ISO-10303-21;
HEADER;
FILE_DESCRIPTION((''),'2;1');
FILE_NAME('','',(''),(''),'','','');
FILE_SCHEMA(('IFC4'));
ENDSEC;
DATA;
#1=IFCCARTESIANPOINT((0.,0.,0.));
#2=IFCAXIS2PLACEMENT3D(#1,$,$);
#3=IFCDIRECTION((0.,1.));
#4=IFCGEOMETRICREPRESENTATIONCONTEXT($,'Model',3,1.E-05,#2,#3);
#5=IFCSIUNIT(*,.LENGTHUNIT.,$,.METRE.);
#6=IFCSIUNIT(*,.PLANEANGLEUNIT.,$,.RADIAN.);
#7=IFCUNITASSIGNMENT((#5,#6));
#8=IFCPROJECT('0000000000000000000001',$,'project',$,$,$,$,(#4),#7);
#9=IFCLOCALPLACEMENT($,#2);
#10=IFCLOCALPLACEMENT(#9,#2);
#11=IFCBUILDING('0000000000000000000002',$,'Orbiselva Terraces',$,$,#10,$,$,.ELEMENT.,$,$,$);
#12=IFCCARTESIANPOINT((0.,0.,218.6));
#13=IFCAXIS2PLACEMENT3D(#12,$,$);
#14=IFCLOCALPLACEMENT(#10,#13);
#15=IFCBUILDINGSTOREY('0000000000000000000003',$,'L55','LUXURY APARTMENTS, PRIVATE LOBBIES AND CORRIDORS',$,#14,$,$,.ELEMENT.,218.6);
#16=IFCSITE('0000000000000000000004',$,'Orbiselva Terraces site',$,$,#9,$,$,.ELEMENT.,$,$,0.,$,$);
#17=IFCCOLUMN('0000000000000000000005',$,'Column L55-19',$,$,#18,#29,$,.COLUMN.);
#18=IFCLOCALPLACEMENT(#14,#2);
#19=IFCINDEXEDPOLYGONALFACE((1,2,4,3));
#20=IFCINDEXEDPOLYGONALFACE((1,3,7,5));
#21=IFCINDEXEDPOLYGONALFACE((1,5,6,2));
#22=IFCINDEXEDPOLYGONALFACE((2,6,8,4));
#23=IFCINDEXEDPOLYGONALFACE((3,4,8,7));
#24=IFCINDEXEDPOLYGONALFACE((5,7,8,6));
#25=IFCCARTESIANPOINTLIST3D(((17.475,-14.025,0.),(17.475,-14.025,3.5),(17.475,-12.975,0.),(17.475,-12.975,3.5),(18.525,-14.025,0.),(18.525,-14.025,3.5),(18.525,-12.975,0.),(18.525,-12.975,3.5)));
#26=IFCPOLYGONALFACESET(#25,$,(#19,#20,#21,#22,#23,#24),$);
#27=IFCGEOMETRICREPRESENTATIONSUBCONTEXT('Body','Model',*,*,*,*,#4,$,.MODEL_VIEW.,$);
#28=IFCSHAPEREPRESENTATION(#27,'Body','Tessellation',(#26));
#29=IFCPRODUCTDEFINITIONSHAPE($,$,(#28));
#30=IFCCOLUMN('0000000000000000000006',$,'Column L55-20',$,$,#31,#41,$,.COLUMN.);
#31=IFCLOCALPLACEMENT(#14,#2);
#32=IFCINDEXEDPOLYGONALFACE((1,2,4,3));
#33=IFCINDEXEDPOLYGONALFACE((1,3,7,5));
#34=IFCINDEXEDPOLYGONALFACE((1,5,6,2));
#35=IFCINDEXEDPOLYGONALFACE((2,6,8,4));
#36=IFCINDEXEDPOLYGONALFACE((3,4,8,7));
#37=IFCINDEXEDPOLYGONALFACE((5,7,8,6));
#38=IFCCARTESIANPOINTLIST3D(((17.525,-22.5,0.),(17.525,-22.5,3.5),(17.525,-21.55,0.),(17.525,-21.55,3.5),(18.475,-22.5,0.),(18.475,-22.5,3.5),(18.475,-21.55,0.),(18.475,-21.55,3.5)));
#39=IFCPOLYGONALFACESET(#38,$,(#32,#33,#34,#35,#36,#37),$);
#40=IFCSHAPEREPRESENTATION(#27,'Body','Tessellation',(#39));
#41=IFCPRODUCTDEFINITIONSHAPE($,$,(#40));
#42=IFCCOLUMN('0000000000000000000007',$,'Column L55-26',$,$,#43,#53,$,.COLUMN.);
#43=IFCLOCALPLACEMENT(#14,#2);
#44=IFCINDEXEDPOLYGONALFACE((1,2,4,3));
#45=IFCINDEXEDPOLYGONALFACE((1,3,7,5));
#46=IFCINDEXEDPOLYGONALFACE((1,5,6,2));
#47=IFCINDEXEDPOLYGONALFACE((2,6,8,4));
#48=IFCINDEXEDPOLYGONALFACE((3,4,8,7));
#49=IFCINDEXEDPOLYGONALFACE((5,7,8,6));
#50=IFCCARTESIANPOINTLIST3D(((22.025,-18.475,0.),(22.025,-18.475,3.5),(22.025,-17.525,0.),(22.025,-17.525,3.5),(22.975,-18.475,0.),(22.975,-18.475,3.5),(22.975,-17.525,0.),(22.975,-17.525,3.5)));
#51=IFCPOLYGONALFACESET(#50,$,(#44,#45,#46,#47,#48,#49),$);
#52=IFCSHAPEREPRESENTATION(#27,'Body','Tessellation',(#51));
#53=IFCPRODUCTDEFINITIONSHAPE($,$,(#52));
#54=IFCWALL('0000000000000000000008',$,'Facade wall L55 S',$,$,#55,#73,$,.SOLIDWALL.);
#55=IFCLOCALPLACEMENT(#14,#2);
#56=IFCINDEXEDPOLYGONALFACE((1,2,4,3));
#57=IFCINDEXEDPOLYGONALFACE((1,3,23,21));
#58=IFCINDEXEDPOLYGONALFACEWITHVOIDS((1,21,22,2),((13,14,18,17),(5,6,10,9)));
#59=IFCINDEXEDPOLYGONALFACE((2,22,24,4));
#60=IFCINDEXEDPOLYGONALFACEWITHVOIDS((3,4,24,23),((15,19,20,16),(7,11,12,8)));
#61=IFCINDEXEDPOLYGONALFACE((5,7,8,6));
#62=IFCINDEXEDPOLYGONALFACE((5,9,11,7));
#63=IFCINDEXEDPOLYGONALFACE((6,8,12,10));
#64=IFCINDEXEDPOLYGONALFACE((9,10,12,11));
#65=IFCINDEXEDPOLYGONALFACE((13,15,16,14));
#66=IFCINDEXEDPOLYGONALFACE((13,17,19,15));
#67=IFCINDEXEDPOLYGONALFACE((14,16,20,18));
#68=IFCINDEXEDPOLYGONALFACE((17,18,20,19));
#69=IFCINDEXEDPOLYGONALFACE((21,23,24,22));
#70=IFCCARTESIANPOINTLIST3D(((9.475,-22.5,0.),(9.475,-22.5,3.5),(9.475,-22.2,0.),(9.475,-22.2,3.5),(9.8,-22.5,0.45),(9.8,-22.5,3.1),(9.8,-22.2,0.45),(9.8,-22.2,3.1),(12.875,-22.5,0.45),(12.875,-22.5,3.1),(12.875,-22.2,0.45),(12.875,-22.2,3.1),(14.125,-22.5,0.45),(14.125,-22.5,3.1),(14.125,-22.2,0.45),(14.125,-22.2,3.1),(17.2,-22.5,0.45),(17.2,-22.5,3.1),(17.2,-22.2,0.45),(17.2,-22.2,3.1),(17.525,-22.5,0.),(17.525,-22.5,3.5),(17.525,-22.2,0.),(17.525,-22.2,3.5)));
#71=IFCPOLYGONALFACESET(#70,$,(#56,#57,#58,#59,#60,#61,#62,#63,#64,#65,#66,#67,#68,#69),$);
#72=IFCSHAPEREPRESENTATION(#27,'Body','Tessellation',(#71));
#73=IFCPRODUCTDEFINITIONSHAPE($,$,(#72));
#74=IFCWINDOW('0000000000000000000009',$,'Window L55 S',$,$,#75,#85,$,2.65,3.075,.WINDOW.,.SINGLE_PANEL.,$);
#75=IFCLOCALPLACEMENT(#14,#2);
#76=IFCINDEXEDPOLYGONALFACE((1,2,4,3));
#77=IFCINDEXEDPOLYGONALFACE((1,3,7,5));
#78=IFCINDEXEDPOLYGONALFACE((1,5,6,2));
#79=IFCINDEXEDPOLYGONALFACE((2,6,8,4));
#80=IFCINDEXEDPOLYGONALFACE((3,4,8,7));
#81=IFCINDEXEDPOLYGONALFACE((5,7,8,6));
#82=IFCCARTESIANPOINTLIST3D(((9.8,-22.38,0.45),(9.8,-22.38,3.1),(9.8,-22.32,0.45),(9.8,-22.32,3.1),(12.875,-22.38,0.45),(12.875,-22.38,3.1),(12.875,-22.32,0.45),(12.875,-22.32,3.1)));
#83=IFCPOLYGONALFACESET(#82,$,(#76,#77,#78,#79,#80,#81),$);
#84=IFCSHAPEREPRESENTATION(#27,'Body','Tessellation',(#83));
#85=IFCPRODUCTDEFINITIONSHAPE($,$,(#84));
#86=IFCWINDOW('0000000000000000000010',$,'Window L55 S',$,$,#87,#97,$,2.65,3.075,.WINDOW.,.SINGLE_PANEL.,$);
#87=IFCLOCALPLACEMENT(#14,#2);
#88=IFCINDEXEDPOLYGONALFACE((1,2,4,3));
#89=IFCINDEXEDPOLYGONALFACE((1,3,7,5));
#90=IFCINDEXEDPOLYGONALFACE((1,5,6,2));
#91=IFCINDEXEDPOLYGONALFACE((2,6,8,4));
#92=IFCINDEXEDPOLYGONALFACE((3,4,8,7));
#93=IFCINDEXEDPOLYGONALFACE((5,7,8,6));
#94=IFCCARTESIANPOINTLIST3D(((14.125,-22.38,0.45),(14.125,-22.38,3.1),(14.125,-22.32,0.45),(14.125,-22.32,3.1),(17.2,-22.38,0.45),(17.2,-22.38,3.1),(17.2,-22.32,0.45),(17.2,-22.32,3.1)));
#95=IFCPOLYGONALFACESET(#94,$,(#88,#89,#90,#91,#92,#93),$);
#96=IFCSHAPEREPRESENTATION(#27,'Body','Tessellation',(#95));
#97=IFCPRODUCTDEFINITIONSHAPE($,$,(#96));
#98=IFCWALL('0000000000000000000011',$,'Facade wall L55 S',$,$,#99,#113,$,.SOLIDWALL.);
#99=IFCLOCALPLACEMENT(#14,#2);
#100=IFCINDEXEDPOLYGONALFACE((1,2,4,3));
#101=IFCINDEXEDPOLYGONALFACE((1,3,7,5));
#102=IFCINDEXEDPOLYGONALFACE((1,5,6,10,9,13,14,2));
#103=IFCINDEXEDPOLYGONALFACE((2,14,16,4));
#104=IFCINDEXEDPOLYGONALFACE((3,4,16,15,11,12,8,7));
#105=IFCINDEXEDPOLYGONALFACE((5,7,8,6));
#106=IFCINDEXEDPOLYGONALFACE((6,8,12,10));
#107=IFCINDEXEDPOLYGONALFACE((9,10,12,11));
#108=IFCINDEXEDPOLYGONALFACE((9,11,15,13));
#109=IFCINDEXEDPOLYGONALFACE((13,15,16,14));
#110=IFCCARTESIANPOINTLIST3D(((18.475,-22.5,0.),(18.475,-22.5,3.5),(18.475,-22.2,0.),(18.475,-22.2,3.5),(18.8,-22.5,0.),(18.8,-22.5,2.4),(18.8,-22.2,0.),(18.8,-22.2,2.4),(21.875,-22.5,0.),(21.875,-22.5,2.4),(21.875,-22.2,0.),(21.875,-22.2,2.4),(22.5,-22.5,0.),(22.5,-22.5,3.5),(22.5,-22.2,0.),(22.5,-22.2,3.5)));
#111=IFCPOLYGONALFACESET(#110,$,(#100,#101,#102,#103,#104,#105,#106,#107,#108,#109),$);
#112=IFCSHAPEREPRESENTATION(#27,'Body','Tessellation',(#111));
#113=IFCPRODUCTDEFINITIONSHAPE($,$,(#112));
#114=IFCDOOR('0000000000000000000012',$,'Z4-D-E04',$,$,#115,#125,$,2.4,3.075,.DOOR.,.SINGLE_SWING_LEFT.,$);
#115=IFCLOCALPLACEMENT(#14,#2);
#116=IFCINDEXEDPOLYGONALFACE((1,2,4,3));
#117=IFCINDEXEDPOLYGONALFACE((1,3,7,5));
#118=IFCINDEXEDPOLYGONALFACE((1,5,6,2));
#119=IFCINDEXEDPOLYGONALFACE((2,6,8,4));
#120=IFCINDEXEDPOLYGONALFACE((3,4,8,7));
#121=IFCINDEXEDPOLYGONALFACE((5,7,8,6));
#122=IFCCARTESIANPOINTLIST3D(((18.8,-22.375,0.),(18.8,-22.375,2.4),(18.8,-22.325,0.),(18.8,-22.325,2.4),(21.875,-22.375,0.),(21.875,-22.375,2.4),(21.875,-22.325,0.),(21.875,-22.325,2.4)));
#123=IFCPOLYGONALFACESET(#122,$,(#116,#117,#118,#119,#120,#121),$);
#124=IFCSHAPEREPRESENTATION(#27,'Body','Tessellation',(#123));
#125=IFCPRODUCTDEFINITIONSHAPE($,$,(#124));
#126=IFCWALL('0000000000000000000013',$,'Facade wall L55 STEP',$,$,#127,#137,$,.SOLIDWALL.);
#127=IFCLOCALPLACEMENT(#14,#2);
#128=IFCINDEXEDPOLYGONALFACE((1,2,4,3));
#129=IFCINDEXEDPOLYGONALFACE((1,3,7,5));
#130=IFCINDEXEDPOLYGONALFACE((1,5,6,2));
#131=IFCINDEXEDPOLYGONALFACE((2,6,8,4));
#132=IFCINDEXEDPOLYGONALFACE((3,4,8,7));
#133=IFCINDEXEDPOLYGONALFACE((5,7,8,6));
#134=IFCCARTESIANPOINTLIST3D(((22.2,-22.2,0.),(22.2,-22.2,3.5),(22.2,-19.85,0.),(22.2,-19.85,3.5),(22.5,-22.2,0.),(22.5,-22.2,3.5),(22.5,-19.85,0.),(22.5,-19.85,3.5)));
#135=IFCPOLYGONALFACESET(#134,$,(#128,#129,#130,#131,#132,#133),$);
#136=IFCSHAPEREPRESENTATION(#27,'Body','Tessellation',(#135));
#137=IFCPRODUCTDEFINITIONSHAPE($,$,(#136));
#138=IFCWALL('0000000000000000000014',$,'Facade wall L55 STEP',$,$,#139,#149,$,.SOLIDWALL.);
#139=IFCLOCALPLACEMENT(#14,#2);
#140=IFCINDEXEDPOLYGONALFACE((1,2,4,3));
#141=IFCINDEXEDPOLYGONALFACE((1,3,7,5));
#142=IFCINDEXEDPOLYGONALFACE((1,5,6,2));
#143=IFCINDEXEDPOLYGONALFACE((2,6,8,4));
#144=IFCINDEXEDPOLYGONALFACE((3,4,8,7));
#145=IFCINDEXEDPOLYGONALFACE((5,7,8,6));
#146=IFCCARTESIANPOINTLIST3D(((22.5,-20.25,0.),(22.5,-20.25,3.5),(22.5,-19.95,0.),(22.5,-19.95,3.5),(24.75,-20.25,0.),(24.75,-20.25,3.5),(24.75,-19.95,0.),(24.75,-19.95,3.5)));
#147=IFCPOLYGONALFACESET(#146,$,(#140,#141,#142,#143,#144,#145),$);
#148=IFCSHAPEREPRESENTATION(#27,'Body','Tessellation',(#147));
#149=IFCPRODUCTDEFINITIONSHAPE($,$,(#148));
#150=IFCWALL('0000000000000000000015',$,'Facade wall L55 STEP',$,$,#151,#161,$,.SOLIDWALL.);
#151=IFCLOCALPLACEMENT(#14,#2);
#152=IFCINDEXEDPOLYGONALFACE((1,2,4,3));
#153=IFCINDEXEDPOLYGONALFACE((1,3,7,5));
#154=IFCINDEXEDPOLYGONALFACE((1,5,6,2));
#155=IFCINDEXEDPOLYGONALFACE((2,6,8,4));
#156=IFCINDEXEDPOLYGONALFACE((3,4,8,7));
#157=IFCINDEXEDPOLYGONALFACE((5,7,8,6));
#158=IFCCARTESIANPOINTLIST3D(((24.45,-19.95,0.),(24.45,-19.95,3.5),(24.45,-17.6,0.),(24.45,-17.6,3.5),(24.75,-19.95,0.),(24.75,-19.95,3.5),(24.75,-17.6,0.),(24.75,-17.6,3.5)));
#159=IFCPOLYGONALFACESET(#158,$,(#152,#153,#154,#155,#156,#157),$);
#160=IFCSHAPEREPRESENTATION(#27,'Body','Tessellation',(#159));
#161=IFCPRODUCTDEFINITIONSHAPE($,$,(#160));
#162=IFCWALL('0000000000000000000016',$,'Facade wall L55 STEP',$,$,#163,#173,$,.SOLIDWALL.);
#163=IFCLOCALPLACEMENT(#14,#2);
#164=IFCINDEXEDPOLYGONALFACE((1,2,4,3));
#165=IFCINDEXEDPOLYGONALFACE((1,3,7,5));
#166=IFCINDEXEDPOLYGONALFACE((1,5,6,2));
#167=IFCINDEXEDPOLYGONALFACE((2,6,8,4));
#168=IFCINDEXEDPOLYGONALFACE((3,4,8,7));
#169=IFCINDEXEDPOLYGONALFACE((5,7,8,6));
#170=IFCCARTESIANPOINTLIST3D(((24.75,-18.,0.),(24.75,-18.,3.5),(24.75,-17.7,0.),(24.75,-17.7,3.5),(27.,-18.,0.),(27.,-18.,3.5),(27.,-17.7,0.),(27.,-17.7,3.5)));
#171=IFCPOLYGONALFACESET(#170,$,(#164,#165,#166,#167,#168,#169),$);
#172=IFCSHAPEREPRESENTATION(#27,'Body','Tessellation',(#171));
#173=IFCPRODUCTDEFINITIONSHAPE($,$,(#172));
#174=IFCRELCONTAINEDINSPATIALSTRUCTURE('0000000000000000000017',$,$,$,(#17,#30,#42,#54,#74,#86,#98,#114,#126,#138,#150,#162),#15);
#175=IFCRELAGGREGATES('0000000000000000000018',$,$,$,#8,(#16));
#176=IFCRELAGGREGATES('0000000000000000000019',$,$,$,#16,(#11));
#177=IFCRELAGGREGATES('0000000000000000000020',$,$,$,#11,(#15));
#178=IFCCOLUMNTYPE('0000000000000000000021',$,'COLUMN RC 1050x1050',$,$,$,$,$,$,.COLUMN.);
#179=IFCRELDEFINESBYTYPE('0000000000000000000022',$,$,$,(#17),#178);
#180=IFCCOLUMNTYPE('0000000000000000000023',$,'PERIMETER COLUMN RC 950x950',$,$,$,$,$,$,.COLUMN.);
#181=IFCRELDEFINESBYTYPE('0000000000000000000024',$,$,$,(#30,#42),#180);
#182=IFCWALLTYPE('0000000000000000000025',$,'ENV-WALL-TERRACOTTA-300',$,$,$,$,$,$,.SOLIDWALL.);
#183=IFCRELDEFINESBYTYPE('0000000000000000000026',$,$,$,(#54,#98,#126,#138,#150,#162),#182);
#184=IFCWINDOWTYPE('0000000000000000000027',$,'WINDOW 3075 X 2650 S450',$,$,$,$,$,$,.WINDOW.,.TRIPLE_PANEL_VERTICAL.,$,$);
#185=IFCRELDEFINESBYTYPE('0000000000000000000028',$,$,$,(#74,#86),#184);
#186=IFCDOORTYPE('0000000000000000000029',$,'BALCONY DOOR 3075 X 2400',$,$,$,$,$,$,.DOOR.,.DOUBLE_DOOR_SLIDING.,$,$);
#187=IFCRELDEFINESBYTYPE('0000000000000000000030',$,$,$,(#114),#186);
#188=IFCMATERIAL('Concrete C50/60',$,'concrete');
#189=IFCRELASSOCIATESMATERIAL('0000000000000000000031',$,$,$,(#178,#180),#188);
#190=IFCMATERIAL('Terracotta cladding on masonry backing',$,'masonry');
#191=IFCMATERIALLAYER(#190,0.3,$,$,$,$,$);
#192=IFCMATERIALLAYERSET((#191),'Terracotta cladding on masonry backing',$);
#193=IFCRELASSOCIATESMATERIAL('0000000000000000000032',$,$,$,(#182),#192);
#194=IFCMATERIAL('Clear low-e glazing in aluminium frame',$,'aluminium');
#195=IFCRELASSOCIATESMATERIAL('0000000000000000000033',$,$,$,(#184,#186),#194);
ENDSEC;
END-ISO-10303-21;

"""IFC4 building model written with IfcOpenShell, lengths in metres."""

from ifc_helpers import new_model, si_unit, direction, frame, frame_2d, origin, origin_2d, place, context, subcontext, project, spatial, rectangle, extrude, material, layer, layer_set, material_profile, profile_set, type_object, element, fill, save


model = new_model("IFC4")

# Units and contexts
model_context = context("Model", 3, precision=1e-05, world=origin(), true_north=direction((0.0, 1.0)))
body_context = subcontext(model_context, "Body", "Model", "MODEL_VIEW")
ifc_project = project(units=[si_unit("LENGTHUNIT", "METRE"), si_unit("PLANEANGLEUNIT", "RADIAN")], contexts=[model_context])

# Site, building, storey
site_placement = place(None, origin())
site = spatial("IfcSite", under=ifc_project, at=site_placement, Name="Orbiselva Terraces site", CompositionType="ELEMENT", RefElevation=0.0)
building_placement = place(site_placement, origin())
building = spatial("IfcBuilding", under=site, at=building_placement, Name="Orbiselva Terraces", CompositionType="ELEMENT")
storey_placement = place(building_placement, frame((0.0, 0.0, 218.6)))
storey = spatial("IfcBuildingStorey", under=building, at=storey_placement, Name="L55", Description="LUXURY APARTMENTS, PRIVATE LOBBIES AND CORRIDORS", CompositionType="ELEMENT", Elevation=218.6)

# Columns
ifc_material_1 = material(Name="Concrete C50/60", Category="concrete")
ifc_material_profile_1 = material_profile(ifc_material_1, rectangle(XDim=1.05, YDim=1.05, at=origin_2d()), Name="RC 1050x1050")
ifc_profile_set_1 = profile_set([ifc_material_profile_1], Name="Concrete C50/60")
column_type_1 = type_object("IfcColumnType", Name="COLUMN RC 1050x1050", PredefinedType="COLUMN", material=ifc_profile_set_1)
column_placement = place(storey_placement, frame((18.0, -13.5, 0.0), z_axis=(0.0, 0.0, 1.0), x_axis=(1.0, 0.0, 0.0)))
element("IfcColumn", 1, at=column_placement, inside=storey, type_object=column_type_1, Name="Column L55-19", PredefinedType="COLUMN", context=body_context, shape_type="SweptSolid", body=[
    extrude(rectangle(XDim=1.05, YDim=1.05, at=origin_2d()), origin(), (0.0, 0.0, 1.0), 3.5),
])
ifc_material_profile_2 = material_profile(ifc_material_1, rectangle(XDim=0.95, YDim=0.95, at=origin_2d()), Name="RC 950x950")
ifc_profile_set_2 = profile_set([ifc_material_profile_2], Name="Concrete C50/60")
column_type_2 = type_object("IfcColumnType", Name="PERIMETER COLUMN RC 950x950", PredefinedType="COLUMN", material=ifc_profile_set_2)
for number, where, z_axis, x_axis, name in (
    (2, (18.0, -22.025, 0.0), (0.0, 0.0, 1.0), (1.0, 0.0, 0.0), "Column L55-20"),
    (3, (22.5, -18.0, 0.0), (0.0, 0.0, 1.0), (1.0, 0.0, 0.0), "Column L55-26"),
):
    element("IfcColumn", number, at=place(storey_placement, frame(where, z_axis=z_axis, x_axis=x_axis)), inside=storey, type_object=column_type_2, Name=name, PredefinedType="COLUMN", context=body_context, shape_type="SweptSolid", body=[
        extrude(rectangle(XDim=0.95, YDim=0.95, at=origin_2d()), origin(), (0.0, 0.0, 1.0), 3.5),
    ])

# Wall, openings, windows
ifc_material_2 = material(Name="Terracotta cladding on masonry backing", Category="masonry")
ifc_layer_1 = layer(ifc_material_2, 0.3)
ifc_layer_set_1 = layer_set([ifc_layer_1], Name="Terracotta cladding on masonry backing")
wall_type_1 = type_object("IfcWallType", Name="ENV-WALL-TERRACOTTA-300", PredefinedType="SOLIDWALL", material=ifc_layer_set_1)
wall_1_placement = place(storey_placement, frame((17.525, -22.35, 0.0), z_axis=(0.0, 0.0, 1.0), x_axis=(-1.0, 0.0, 0.0)))
wall_1 = element("IfcWall", 4, at=wall_1_placement, inside=storey, type_object=wall_type_1, Name="Facade wall L55 S", PredefinedType="SOLIDWALL", context=body_context, shape_type="SweptSolid", body=[
    extrude(rectangle(XDim=8.05, YDim=0.3, at=frame_2d((4.025, 0.0))), origin(), (0.0, 0.0, 1.0), 3.5),
])
opening_1_placement = place(wall_1_placement, frame((4.65, 0.0, 0.45)))
opening_1 = element("IfcOpeningElement", 5, at=opening_1_placement, cuts=wall_1, PredefinedType="OPENING", context=body_context, shape_type="SweptSolid", body=[
    extrude(rectangle(XDim=3.075, YDim=2.65, at=frame_2d((1.5375, 1.325))), frame((0.0, 0.16, 0.0), z_axis=(0.0, -1.0, 0.0), x_axis=(1.0, 0.0, 0.0)), (0.0, 0.0, 1.0), 0.32),
])
opening_2_placement = place(wall_1_placement, frame((0.325, 0.0, 0.45)))
opening_2 = element("IfcOpeningElement", 6, at=opening_2_placement, cuts=wall_1, PredefinedType="OPENING", context=body_context, shape_type="SweptSolid", body=[
    extrude(rectangle(XDim=3.075, YDim=2.65, at=frame_2d((1.5375, 1.325))), frame((0.0, 0.16, 0.0), z_axis=(0.0, -1.0, 0.0), x_axis=(1.0, 0.0, 0.0)), (0.0, 0.0, 1.0), 0.32),
])
ifc_material_3 = material(Name="Clear low-e glazing in aluminium frame", Category="aluminium")
window_type = type_object("IfcWindowType", Name="WINDOW 3075 X 2650 S450", PartitioningType="TRIPLE_PANEL_VERTICAL", PredefinedType="WINDOW", material=ifc_material_3)
window_1_placement = place(opening_1_placement, origin())
window_1 = element("IfcWindow", 7, at=window_1_placement, inside=storey, type_object=window_type, Name="Window L55 S", OverallHeight=2.65, OverallWidth=3.075, PartitioningType="SINGLE_PANEL", PredefinedType="WINDOW", context=body_context, shape_type="SweptSolid", body=[
    extrude(rectangle(XDim=3.075, YDim=2.65, at=frame_2d((1.5375, 1.325))), frame((0.0, 0.03, 0.0), z_axis=(0.0, -1.0, 0.0), x_axis=(1.0, 0.0, 0.0)), (0.0, 0.0, 1.0), 0.06),
])
fill(opening_1, window_1)
window_2_placement = place(opening_2_placement, origin())
window_2 = element("IfcWindow", 8, at=window_2_placement, inside=storey, type_object=window_type, Name="Window L55 S", OverallHeight=2.65, OverallWidth=3.075, PartitioningType="SINGLE_PANEL", PredefinedType="WINDOW", context=body_context, shape_type="SweptSolid", body=[
    extrude(rectangle(XDim=3.075, YDim=2.65, at=frame_2d((1.5375, 1.325))), frame((0.0, 0.03, 0.0), z_axis=(0.0, -1.0, 0.0), x_axis=(1.0, 0.0, 0.0)), (0.0, 0.0, 1.0), 0.06),
])
fill(opening_2, window_2)

# Wall, opening, door
wall_2_placement = place(storey_placement, frame((22.5, -22.35, 0.0), z_axis=(0.0, 0.0, 1.0), x_axis=(-1.0, 0.0, 0.0)))
wall_2 = element("IfcWall", 9, at=wall_2_placement, inside=storey, type_object=wall_type_1, Name="Facade wall L55 S", PredefinedType="SOLIDWALL", context=body_context, shape_type="SweptSolid", body=[
    extrude(rectangle(XDim=4.025, YDim=0.3, at=frame_2d((2.0125, 0.0))), origin(), (0.0, 0.0, 1.0), 3.5),
])
opening_3_placement = place(wall_2_placement, frame((0.625, 0.0, 0.0)))
opening_3 = element("IfcOpeningElement", 10, at=opening_3_placement, cuts=wall_2, PredefinedType="OPENING", context=body_context, shape_type="SweptSolid", body=[
    extrude(rectangle(XDim=3.075, YDim=2.4, at=frame_2d((1.5375, 1.2))), frame((0.0, 0.16, 0.0), z_axis=(0.0, -1.0, 0.0), x_axis=(1.0, 0.0, 0.0)), (0.0, 0.0, 1.0), 0.32),
])
door_type_1 = type_object("IfcDoorType", Name="BALCONY DOOR 3075 X 2400", OperationType="DOUBLE_DOOR_SLIDING", PredefinedType="DOOR", material=ifc_material_3)
door_1_placement = place(opening_3_placement, origin())
door_1 = element("IfcDoor", 11, at=door_1_placement, inside=storey, type_object=door_type_1, Name="Z4-D-E04", OperationType="SINGLE_SWING_LEFT", OverallHeight=2.4, OverallWidth=3.075, PredefinedType="DOOR", context=body_context, shape_type="SweptSolid", body=[
    extrude(rectangle(XDim=3.075, YDim=2.4, at=frame_2d((1.5375, 1.2))), frame((0.0, 0.025, 0.0), z_axis=(0.0, -1.0, 0.0), x_axis=(1.0, 0.0, 0.0)), (0.0, 0.0, 1.0), 0.05),
])
fill(opening_3, door_1)

# Walls
wall_3_placement = place(storey_placement, frame((22.35, -19.85, 0.0), z_axis=(0.0, 0.0, 1.0), x_axis=(0.0, -1.0, 0.0)))
element("IfcWall", 12, at=wall_3_placement, inside=storey, type_object=wall_type_1, Name="Facade wall L55 STEP", PredefinedType="SOLIDWALL", context=body_context, shape_type="SweptSolid", body=[
    extrude(rectangle(XDim=2.35, YDim=0.3, at=frame_2d((1.175, 0.0))), origin(), (0.0, 0.0, 1.0), 3.5),
])
wall_4_placement = place(storey_placement, frame((24.75, -20.1, 0.0), z_axis=(0.0, 0.0, 1.0), x_axis=(-1.0, 0.0, 0.0)))
element("IfcWall", 13, at=wall_4_placement, inside=storey, type_object=wall_type_1, Name="Facade wall L55 STEP", PredefinedType="SOLIDWALL", context=body_context, shape_type="SweptSolid", body=[
    extrude(rectangle(XDim=2.25, YDim=0.3, at=frame_2d((1.125, 0.0))), origin(), (0.0, 0.0, 1.0), 3.5),
])
wall_5_placement = place(storey_placement, frame((24.6, -17.6, 0.0), z_axis=(0.0, 0.0, 1.0), x_axis=(0.0, -1.0, 0.0)))
element("IfcWall", 14, at=wall_5_placement, inside=storey, type_object=wall_type_1, Name="Facade wall L55 STEP", PredefinedType="SOLIDWALL", context=body_context, shape_type="SweptSolid", body=[
    extrude(rectangle(XDim=2.35, YDim=0.3, at=frame_2d((1.175, 0.0))), origin(), (0.0, 0.0, 1.0), 3.5),
])
wall_6_placement = place(storey_placement, frame((27.0, -17.85, 0.0), z_axis=(0.0, 0.0, 1.0), x_axis=(-1.0, 0.0, 0.0)))
element("IfcWall", 15, at=wall_6_placement, inside=storey, type_object=wall_type_1, Name="Facade wall L55 STEP", PredefinedType="SOLIDWALL", context=body_context, shape_type="SweptSolid", body=[
    extrude(rectangle(XDim=2.25, YDim=0.3, at=frame_2d((1.125, 0.0))), origin(), (0.0, 0.0, 1.0), 3.5),
])

save(model, "model.ifc")
